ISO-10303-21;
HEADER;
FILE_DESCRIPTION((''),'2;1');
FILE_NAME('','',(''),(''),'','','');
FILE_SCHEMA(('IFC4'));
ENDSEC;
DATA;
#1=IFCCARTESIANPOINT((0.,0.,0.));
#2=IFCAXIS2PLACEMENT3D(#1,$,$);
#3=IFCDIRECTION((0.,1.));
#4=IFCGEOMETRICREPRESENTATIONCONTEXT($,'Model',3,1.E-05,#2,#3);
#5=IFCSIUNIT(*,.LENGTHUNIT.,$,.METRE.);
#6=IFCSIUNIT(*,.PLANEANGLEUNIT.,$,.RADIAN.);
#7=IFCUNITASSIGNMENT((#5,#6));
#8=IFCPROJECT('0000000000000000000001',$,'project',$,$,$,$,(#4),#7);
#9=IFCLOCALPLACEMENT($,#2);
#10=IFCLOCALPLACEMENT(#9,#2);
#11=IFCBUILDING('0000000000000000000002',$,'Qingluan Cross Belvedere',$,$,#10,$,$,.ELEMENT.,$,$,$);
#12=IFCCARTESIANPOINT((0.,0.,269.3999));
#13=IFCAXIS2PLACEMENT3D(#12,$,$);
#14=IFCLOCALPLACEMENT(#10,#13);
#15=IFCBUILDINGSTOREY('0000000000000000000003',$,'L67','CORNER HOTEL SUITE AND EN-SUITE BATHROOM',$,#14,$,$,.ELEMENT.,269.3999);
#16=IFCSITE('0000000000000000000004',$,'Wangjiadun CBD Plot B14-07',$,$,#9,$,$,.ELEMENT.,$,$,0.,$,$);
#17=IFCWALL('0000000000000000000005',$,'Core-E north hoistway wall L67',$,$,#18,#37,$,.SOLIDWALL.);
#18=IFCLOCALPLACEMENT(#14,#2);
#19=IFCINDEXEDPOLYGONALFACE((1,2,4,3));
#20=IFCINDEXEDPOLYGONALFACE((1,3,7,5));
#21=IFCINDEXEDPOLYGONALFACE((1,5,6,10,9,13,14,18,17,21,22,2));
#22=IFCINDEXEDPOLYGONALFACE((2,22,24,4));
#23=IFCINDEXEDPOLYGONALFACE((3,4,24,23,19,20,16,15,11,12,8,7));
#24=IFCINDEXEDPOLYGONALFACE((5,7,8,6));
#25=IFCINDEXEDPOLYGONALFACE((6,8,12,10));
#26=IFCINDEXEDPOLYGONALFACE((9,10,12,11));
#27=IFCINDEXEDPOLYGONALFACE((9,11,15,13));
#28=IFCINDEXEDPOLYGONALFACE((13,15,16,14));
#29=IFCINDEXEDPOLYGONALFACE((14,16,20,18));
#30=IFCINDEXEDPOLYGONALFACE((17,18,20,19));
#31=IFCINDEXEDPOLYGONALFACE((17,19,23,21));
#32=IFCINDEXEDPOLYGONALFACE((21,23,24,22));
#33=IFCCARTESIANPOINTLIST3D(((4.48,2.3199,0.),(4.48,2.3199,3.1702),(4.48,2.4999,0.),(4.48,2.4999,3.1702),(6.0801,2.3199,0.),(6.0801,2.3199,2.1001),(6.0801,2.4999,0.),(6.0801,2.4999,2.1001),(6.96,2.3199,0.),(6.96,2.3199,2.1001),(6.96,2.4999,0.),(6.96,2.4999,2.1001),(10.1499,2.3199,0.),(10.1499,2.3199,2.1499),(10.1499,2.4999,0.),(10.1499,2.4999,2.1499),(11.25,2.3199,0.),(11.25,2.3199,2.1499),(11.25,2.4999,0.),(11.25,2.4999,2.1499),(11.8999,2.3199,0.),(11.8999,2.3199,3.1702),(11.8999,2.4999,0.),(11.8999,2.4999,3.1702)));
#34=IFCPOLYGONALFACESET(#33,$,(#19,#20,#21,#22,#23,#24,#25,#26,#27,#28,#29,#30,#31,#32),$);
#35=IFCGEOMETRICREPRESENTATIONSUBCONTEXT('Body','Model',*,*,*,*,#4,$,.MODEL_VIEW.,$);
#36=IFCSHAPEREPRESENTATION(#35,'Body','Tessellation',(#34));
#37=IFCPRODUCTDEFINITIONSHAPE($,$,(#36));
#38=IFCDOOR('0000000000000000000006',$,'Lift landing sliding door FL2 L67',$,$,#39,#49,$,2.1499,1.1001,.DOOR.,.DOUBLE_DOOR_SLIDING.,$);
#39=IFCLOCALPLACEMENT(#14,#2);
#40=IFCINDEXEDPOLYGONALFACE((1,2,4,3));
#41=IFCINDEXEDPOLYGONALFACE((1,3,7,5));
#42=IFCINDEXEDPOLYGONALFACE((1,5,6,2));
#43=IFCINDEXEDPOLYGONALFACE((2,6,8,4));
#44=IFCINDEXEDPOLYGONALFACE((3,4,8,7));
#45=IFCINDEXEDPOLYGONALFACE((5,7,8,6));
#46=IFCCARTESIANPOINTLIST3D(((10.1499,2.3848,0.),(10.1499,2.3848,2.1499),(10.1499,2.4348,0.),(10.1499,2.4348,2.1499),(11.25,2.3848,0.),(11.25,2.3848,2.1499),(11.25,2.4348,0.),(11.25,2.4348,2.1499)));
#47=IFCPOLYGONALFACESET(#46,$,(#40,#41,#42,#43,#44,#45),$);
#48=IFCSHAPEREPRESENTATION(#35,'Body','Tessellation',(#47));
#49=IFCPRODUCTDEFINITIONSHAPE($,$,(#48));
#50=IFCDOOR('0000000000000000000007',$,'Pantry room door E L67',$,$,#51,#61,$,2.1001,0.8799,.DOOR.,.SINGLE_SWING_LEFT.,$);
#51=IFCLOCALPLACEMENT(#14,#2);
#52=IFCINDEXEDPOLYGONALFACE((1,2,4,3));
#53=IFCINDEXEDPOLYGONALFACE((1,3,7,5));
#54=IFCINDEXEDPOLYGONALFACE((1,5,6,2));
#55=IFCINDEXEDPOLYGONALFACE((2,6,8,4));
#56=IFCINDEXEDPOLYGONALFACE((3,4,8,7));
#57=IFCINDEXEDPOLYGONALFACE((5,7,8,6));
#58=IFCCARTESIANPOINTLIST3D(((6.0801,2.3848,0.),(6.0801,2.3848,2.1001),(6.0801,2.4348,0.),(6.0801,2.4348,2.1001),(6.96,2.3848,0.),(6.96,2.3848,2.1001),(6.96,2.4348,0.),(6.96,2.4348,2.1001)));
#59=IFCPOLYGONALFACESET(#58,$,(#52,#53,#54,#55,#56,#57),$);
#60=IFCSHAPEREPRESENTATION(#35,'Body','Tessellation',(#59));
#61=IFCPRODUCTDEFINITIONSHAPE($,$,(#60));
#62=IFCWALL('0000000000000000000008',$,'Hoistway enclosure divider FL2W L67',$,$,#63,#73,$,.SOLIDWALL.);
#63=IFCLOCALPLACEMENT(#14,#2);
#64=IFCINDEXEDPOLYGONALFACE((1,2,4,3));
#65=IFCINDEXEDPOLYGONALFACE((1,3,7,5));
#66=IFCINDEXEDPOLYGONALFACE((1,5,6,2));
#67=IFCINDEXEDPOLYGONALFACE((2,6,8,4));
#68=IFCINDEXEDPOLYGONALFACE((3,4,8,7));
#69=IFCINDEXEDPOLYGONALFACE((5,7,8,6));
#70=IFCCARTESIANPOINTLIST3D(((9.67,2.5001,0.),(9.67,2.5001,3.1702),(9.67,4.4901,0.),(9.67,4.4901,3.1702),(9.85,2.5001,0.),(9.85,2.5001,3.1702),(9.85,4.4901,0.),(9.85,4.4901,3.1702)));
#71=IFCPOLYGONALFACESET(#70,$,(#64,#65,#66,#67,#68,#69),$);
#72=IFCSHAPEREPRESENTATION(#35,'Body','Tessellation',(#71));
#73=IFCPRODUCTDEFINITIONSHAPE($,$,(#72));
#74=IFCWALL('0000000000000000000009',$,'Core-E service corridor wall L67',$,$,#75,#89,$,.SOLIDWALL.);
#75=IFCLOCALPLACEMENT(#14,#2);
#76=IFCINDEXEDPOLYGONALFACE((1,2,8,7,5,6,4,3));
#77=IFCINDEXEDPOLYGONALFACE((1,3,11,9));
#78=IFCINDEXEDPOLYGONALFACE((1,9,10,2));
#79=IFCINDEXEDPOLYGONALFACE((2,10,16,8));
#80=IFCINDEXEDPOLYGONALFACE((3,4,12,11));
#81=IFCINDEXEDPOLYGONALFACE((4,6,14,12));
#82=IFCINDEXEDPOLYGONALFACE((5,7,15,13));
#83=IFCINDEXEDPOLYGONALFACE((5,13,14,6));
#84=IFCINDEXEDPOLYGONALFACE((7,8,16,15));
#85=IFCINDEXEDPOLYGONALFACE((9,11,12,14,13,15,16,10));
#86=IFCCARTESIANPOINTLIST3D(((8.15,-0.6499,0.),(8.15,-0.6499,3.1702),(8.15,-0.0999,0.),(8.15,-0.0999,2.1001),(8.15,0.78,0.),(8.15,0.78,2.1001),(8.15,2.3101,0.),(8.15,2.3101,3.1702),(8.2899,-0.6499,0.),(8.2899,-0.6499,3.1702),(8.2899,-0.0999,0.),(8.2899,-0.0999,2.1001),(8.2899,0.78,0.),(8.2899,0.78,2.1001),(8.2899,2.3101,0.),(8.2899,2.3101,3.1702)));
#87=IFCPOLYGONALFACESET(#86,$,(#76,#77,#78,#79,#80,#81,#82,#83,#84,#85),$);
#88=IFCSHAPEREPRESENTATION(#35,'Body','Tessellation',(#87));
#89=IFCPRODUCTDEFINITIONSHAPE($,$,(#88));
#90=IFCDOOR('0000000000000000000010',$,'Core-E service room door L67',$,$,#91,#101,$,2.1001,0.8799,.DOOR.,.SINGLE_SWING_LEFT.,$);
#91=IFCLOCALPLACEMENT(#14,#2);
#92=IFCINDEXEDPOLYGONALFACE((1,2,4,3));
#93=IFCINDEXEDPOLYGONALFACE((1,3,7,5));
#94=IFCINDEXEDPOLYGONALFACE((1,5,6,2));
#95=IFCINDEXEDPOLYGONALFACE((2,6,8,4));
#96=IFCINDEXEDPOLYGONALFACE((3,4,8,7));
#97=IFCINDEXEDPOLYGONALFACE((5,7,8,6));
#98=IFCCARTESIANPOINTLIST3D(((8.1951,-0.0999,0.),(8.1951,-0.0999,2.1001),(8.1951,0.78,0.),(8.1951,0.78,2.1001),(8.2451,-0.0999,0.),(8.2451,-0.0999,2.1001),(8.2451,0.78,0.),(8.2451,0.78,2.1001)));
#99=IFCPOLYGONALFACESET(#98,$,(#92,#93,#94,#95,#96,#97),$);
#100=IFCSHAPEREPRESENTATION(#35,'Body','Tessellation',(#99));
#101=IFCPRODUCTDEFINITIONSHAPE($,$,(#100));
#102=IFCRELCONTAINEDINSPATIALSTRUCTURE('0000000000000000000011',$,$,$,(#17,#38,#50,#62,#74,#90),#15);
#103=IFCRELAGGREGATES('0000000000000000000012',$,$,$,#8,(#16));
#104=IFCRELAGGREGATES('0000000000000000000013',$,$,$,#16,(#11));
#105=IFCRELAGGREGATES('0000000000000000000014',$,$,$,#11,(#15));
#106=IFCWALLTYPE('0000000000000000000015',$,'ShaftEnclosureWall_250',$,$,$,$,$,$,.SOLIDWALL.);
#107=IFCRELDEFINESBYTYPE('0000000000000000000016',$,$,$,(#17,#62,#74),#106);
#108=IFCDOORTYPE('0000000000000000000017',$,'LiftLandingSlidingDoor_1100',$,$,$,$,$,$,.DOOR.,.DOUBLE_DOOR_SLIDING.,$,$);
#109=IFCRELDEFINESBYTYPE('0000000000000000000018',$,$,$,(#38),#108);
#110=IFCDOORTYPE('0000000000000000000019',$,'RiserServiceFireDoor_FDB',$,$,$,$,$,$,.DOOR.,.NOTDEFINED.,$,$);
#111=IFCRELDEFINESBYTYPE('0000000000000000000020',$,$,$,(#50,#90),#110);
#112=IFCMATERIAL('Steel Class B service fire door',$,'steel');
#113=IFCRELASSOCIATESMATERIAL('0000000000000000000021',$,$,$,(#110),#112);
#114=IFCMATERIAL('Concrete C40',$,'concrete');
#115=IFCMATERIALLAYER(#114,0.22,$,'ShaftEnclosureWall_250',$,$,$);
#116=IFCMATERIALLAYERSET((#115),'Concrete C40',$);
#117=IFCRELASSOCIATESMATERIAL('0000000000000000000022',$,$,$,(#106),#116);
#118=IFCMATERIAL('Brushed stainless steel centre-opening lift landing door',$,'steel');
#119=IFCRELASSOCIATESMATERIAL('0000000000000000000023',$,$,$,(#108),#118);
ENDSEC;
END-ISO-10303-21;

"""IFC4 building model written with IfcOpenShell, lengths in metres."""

from ifc_helpers import new_model, si_unit, direction, frame, frame_2d, origin, place, context, subcontext, project, spatial, rectangle, extrude, material, layer, layer_set, type_object, element, fill, save


model = new_model("IFC4")

# Units and contexts
model_context = context("Model", 3, precision=1e-05, world=origin(), true_north=direction((0.0, 1.0)))
body_context = subcontext(model_context, "Body", "Model", "MODEL_VIEW")
ifc_project = project(units=[si_unit("LENGTHUNIT", "METRE"), si_unit("PLANEANGLEUNIT", "RADIAN")], contexts=[model_context])

# Site, building, storey
site_placement = place(None, origin())
site = spatial("IfcSite", under=ifc_project, at=site_placement, Name="Wangjiadun CBD Plot B14-07", CompositionType="ELEMENT", RefElevation=0.0)
building_placement = place(site_placement, origin())
building = spatial("IfcBuilding", under=site, at=building_placement, Name="Qingluan Cross Belvedere", CompositionType="ELEMENT")
storey_placement = place(building_placement, frame((0.0, 0.0, 269.3999)))
storey = spatial("IfcBuildingStorey", under=building, at=storey_placement, Name="L67", Description="CORNER HOTEL SUITE AND EN-SUITE BATHROOM", CompositionType="ELEMENT", Elevation=269.3999)

# Shared definitions
ifc_material_1 = material(Name="Steel Class B service fire door", Category="steel")
door_type_1 = type_object("IfcDoorType", Name="RiserServiceFireDoor_FDB", OperationType="NOTDEFINED", PredefinedType="DOOR", material=ifc_material_1)

# Wall, openings, doors
ifc_material_2 = material(Name="Concrete C40", Category="concrete")
ifc_layer_1 = layer(ifc_material_2, 0.22, Name="ShaftEnclosureWall_250")
ifc_layer_set_1 = layer_set([ifc_layer_1], Name="Concrete C40")
wall_type_1 = type_object("IfcWallType", Name="ShaftEnclosureWall_250", PredefinedType="SOLIDWALL", material=ifc_layer_set_1)
wall_1_placement = place(storey_placement, frame((4.48, 2.4099, 0.0), z_axis=(0.0, 0.0, 1.0), x_axis=(1.0, 0.0, 0.0)))
wall_1 = element("IfcWall", 1, at=wall_1_placement, inside=storey, type_object=wall_type_1, Name="Core-E north hoistway wall L67", PredefinedType="SOLIDWALL", context=body_context, shape_type="SweptSolid", body=[
    extrude(rectangle(XDim=7.4199, YDim=0.1799, at=frame_2d((3.71, 0.0))), origin(), (0.0, 0.0, 1.0), 3.1702),
])
opening_1_placement = place(wall_1_placement, frame((5.6699, 0.0, 0.0)))
opening_1 = element("IfcOpeningElement", 2, at=opening_1_placement, cuts=wall_1, PredefinedType="OPENING", context=body_context, shape_type="SweptSolid", body=[
    extrude(rectangle(XDim=1.1001, YDim=2.1499, at=frame_2d((0.55, 1.075))), frame((0.0, 0.0999, 0.0), z_axis=(0.0, -1.0, 0.0), x_axis=(1.0, 0.0, 0.0)), (0.0, 0.0, 1.0), 0.2),
])
opening_2_placement = place(wall_1_placement, frame((1.6001, 0.0, 0.0)))
opening_2 = element("IfcOpeningElement", 3, at=opening_2_placement, cuts=wall_1, PredefinedType="OPENING", context=body_context, shape_type="SweptSolid", body=[
    extrude(rectangle(XDim=0.8799, YDim=2.1001, at=frame_2d((0.4399, 1.05))), frame((0.0, 0.0999, 0.0), z_axis=(0.0, -1.0, 0.0), x_axis=(1.0, 0.0, 0.0)), (0.0, 0.0, 1.0), 0.2),
])
ifc_material_3 = material(Name="Brushed stainless steel centre-opening lift landing door", Category="steel")
door_type_2 = type_object("IfcDoorType", Name="LiftLandingSlidingDoor_1100", OperationType="DOUBLE_DOOR_SLIDING", PredefinedType="DOOR", material=ifc_material_3)
door_1_placement = place(opening_1_placement, origin())
door_1 = element("IfcDoor", 4, at=door_1_placement, inside=storey, type_object=door_type_2, Name="Lift landing sliding door FL2 L67", OperationType="DOUBLE_DOOR_SLIDING", OverallHeight=2.1499, OverallWidth=1.1001, PredefinedType="DOOR", context=body_context, shape_type="SweptSolid", body=[
    extrude(rectangle(XDim=1.1001, YDim=2.1499, at=frame_2d((0.55, 1.075))), frame((0.0, 0.0249, 0.0), z_axis=(0.0, -1.0, 0.0), x_axis=(1.0, 0.0, 0.0)), (0.0, 0.0, 1.0), 0.05),
])
fill(opening_1, door_1)
door_2_placement = place(opening_2_placement, origin())
door_2 = element("IfcDoor", 5, at=door_2_placement, inside=storey, type_object=door_type_1, Name="Pantry room door E L67", OperationType="SINGLE_SWING_LEFT", OverallHeight=2.1001, OverallWidth=0.8799, PredefinedType="DOOR", context=body_context, shape_type="SweptSolid", body=[
    extrude(rectangle(XDim=0.8799, YDim=2.1001, at=frame_2d((0.4399, 1.05))), frame((0.0, 0.0249, 0.0), z_axis=(0.0, -1.0, 0.0), x_axis=(1.0, 0.0, 0.0)), (0.0, 0.0, 1.0), 0.05),
])
fill(opening_2, door_2)

# Wall
wall_2_placement = place(storey_placement, frame((9.76, 2.5, 0.0), z_axis=(0.0, 0.0, 1.0), x_axis=(0.0, 1.0, 0.0)))
element("IfcWall", 6, at=wall_2_placement, inside=storey, type_object=wall_type_1, Name="Hoistway enclosure divider FL2W L67", PredefinedType="SOLIDWALL", context=body_context, shape_type="SweptSolid", body=[
    extrude(rectangle(XDim=1.99, YDim=0.1799, at=frame_2d((0.9951, 0.0))), origin(), (0.0, 0.0, 1.0), 3.1702),
])

# Wall, opening, door
wall_3_placement = place(storey_placement, frame((8.22, -0.6499, 0.0), z_axis=(0.0, 0.0, 1.0), x_axis=(0.0, 1.0, 0.0)))
wall_3 = element("IfcWall", 7, at=wall_3_placement, inside=storey, type_object=wall_type_1, Name="Core-E service corridor wall L67", PredefinedType="SOLIDWALL", context=body_context, shape_type="SweptSolid", body=[
    extrude(rectangle(XDim=2.96, YDim=0.1399, at=frame_2d((1.48, 0.0))), origin(), (0.0, 0.0, 1.0), 3.1702),
])
opening_3_placement = place(wall_3_placement, frame((0.55, 0.0, 0.0)))
opening_3 = element("IfcOpeningElement", 8, at=opening_3_placement, cuts=wall_3, PredefinedType="OPENING", context=body_context, shape_type="SweptSolid", body=[
    extrude(rectangle(XDim=0.8799, YDim=2.1001, at=frame_2d((0.4399, 1.05))), frame((0.0, 0.0798, 0.0), z_axis=(0.0, -1.0, 0.0), x_axis=(1.0, 0.0, 0.0)), (0.0, 0.0, 1.0), 0.1599),
])
door_3_placement = place(opening_3_placement, origin())
door_3 = element("IfcDoor", 9, at=door_3_placement, inside=storey, type_object=door_type_1, Name="Core-E service room door L67", OperationType="SINGLE_SWING_LEFT", OverallHeight=2.1001, OverallWidth=0.8799, PredefinedType="DOOR", context=body_context, shape_type="SweptSolid", body=[
    extrude(rectangle(XDim=0.8799, YDim=2.1001, at=frame_2d((0.4399, 1.05))), frame((0.0, 0.0249, 0.0), z_axis=(0.0, -1.0, 0.0), x_axis=(1.0, 0.0, 0.0)), (0.0, 0.0, 1.0), 0.05),
])
fill(opening_3, door_3)

save(model, "model.ifc")
